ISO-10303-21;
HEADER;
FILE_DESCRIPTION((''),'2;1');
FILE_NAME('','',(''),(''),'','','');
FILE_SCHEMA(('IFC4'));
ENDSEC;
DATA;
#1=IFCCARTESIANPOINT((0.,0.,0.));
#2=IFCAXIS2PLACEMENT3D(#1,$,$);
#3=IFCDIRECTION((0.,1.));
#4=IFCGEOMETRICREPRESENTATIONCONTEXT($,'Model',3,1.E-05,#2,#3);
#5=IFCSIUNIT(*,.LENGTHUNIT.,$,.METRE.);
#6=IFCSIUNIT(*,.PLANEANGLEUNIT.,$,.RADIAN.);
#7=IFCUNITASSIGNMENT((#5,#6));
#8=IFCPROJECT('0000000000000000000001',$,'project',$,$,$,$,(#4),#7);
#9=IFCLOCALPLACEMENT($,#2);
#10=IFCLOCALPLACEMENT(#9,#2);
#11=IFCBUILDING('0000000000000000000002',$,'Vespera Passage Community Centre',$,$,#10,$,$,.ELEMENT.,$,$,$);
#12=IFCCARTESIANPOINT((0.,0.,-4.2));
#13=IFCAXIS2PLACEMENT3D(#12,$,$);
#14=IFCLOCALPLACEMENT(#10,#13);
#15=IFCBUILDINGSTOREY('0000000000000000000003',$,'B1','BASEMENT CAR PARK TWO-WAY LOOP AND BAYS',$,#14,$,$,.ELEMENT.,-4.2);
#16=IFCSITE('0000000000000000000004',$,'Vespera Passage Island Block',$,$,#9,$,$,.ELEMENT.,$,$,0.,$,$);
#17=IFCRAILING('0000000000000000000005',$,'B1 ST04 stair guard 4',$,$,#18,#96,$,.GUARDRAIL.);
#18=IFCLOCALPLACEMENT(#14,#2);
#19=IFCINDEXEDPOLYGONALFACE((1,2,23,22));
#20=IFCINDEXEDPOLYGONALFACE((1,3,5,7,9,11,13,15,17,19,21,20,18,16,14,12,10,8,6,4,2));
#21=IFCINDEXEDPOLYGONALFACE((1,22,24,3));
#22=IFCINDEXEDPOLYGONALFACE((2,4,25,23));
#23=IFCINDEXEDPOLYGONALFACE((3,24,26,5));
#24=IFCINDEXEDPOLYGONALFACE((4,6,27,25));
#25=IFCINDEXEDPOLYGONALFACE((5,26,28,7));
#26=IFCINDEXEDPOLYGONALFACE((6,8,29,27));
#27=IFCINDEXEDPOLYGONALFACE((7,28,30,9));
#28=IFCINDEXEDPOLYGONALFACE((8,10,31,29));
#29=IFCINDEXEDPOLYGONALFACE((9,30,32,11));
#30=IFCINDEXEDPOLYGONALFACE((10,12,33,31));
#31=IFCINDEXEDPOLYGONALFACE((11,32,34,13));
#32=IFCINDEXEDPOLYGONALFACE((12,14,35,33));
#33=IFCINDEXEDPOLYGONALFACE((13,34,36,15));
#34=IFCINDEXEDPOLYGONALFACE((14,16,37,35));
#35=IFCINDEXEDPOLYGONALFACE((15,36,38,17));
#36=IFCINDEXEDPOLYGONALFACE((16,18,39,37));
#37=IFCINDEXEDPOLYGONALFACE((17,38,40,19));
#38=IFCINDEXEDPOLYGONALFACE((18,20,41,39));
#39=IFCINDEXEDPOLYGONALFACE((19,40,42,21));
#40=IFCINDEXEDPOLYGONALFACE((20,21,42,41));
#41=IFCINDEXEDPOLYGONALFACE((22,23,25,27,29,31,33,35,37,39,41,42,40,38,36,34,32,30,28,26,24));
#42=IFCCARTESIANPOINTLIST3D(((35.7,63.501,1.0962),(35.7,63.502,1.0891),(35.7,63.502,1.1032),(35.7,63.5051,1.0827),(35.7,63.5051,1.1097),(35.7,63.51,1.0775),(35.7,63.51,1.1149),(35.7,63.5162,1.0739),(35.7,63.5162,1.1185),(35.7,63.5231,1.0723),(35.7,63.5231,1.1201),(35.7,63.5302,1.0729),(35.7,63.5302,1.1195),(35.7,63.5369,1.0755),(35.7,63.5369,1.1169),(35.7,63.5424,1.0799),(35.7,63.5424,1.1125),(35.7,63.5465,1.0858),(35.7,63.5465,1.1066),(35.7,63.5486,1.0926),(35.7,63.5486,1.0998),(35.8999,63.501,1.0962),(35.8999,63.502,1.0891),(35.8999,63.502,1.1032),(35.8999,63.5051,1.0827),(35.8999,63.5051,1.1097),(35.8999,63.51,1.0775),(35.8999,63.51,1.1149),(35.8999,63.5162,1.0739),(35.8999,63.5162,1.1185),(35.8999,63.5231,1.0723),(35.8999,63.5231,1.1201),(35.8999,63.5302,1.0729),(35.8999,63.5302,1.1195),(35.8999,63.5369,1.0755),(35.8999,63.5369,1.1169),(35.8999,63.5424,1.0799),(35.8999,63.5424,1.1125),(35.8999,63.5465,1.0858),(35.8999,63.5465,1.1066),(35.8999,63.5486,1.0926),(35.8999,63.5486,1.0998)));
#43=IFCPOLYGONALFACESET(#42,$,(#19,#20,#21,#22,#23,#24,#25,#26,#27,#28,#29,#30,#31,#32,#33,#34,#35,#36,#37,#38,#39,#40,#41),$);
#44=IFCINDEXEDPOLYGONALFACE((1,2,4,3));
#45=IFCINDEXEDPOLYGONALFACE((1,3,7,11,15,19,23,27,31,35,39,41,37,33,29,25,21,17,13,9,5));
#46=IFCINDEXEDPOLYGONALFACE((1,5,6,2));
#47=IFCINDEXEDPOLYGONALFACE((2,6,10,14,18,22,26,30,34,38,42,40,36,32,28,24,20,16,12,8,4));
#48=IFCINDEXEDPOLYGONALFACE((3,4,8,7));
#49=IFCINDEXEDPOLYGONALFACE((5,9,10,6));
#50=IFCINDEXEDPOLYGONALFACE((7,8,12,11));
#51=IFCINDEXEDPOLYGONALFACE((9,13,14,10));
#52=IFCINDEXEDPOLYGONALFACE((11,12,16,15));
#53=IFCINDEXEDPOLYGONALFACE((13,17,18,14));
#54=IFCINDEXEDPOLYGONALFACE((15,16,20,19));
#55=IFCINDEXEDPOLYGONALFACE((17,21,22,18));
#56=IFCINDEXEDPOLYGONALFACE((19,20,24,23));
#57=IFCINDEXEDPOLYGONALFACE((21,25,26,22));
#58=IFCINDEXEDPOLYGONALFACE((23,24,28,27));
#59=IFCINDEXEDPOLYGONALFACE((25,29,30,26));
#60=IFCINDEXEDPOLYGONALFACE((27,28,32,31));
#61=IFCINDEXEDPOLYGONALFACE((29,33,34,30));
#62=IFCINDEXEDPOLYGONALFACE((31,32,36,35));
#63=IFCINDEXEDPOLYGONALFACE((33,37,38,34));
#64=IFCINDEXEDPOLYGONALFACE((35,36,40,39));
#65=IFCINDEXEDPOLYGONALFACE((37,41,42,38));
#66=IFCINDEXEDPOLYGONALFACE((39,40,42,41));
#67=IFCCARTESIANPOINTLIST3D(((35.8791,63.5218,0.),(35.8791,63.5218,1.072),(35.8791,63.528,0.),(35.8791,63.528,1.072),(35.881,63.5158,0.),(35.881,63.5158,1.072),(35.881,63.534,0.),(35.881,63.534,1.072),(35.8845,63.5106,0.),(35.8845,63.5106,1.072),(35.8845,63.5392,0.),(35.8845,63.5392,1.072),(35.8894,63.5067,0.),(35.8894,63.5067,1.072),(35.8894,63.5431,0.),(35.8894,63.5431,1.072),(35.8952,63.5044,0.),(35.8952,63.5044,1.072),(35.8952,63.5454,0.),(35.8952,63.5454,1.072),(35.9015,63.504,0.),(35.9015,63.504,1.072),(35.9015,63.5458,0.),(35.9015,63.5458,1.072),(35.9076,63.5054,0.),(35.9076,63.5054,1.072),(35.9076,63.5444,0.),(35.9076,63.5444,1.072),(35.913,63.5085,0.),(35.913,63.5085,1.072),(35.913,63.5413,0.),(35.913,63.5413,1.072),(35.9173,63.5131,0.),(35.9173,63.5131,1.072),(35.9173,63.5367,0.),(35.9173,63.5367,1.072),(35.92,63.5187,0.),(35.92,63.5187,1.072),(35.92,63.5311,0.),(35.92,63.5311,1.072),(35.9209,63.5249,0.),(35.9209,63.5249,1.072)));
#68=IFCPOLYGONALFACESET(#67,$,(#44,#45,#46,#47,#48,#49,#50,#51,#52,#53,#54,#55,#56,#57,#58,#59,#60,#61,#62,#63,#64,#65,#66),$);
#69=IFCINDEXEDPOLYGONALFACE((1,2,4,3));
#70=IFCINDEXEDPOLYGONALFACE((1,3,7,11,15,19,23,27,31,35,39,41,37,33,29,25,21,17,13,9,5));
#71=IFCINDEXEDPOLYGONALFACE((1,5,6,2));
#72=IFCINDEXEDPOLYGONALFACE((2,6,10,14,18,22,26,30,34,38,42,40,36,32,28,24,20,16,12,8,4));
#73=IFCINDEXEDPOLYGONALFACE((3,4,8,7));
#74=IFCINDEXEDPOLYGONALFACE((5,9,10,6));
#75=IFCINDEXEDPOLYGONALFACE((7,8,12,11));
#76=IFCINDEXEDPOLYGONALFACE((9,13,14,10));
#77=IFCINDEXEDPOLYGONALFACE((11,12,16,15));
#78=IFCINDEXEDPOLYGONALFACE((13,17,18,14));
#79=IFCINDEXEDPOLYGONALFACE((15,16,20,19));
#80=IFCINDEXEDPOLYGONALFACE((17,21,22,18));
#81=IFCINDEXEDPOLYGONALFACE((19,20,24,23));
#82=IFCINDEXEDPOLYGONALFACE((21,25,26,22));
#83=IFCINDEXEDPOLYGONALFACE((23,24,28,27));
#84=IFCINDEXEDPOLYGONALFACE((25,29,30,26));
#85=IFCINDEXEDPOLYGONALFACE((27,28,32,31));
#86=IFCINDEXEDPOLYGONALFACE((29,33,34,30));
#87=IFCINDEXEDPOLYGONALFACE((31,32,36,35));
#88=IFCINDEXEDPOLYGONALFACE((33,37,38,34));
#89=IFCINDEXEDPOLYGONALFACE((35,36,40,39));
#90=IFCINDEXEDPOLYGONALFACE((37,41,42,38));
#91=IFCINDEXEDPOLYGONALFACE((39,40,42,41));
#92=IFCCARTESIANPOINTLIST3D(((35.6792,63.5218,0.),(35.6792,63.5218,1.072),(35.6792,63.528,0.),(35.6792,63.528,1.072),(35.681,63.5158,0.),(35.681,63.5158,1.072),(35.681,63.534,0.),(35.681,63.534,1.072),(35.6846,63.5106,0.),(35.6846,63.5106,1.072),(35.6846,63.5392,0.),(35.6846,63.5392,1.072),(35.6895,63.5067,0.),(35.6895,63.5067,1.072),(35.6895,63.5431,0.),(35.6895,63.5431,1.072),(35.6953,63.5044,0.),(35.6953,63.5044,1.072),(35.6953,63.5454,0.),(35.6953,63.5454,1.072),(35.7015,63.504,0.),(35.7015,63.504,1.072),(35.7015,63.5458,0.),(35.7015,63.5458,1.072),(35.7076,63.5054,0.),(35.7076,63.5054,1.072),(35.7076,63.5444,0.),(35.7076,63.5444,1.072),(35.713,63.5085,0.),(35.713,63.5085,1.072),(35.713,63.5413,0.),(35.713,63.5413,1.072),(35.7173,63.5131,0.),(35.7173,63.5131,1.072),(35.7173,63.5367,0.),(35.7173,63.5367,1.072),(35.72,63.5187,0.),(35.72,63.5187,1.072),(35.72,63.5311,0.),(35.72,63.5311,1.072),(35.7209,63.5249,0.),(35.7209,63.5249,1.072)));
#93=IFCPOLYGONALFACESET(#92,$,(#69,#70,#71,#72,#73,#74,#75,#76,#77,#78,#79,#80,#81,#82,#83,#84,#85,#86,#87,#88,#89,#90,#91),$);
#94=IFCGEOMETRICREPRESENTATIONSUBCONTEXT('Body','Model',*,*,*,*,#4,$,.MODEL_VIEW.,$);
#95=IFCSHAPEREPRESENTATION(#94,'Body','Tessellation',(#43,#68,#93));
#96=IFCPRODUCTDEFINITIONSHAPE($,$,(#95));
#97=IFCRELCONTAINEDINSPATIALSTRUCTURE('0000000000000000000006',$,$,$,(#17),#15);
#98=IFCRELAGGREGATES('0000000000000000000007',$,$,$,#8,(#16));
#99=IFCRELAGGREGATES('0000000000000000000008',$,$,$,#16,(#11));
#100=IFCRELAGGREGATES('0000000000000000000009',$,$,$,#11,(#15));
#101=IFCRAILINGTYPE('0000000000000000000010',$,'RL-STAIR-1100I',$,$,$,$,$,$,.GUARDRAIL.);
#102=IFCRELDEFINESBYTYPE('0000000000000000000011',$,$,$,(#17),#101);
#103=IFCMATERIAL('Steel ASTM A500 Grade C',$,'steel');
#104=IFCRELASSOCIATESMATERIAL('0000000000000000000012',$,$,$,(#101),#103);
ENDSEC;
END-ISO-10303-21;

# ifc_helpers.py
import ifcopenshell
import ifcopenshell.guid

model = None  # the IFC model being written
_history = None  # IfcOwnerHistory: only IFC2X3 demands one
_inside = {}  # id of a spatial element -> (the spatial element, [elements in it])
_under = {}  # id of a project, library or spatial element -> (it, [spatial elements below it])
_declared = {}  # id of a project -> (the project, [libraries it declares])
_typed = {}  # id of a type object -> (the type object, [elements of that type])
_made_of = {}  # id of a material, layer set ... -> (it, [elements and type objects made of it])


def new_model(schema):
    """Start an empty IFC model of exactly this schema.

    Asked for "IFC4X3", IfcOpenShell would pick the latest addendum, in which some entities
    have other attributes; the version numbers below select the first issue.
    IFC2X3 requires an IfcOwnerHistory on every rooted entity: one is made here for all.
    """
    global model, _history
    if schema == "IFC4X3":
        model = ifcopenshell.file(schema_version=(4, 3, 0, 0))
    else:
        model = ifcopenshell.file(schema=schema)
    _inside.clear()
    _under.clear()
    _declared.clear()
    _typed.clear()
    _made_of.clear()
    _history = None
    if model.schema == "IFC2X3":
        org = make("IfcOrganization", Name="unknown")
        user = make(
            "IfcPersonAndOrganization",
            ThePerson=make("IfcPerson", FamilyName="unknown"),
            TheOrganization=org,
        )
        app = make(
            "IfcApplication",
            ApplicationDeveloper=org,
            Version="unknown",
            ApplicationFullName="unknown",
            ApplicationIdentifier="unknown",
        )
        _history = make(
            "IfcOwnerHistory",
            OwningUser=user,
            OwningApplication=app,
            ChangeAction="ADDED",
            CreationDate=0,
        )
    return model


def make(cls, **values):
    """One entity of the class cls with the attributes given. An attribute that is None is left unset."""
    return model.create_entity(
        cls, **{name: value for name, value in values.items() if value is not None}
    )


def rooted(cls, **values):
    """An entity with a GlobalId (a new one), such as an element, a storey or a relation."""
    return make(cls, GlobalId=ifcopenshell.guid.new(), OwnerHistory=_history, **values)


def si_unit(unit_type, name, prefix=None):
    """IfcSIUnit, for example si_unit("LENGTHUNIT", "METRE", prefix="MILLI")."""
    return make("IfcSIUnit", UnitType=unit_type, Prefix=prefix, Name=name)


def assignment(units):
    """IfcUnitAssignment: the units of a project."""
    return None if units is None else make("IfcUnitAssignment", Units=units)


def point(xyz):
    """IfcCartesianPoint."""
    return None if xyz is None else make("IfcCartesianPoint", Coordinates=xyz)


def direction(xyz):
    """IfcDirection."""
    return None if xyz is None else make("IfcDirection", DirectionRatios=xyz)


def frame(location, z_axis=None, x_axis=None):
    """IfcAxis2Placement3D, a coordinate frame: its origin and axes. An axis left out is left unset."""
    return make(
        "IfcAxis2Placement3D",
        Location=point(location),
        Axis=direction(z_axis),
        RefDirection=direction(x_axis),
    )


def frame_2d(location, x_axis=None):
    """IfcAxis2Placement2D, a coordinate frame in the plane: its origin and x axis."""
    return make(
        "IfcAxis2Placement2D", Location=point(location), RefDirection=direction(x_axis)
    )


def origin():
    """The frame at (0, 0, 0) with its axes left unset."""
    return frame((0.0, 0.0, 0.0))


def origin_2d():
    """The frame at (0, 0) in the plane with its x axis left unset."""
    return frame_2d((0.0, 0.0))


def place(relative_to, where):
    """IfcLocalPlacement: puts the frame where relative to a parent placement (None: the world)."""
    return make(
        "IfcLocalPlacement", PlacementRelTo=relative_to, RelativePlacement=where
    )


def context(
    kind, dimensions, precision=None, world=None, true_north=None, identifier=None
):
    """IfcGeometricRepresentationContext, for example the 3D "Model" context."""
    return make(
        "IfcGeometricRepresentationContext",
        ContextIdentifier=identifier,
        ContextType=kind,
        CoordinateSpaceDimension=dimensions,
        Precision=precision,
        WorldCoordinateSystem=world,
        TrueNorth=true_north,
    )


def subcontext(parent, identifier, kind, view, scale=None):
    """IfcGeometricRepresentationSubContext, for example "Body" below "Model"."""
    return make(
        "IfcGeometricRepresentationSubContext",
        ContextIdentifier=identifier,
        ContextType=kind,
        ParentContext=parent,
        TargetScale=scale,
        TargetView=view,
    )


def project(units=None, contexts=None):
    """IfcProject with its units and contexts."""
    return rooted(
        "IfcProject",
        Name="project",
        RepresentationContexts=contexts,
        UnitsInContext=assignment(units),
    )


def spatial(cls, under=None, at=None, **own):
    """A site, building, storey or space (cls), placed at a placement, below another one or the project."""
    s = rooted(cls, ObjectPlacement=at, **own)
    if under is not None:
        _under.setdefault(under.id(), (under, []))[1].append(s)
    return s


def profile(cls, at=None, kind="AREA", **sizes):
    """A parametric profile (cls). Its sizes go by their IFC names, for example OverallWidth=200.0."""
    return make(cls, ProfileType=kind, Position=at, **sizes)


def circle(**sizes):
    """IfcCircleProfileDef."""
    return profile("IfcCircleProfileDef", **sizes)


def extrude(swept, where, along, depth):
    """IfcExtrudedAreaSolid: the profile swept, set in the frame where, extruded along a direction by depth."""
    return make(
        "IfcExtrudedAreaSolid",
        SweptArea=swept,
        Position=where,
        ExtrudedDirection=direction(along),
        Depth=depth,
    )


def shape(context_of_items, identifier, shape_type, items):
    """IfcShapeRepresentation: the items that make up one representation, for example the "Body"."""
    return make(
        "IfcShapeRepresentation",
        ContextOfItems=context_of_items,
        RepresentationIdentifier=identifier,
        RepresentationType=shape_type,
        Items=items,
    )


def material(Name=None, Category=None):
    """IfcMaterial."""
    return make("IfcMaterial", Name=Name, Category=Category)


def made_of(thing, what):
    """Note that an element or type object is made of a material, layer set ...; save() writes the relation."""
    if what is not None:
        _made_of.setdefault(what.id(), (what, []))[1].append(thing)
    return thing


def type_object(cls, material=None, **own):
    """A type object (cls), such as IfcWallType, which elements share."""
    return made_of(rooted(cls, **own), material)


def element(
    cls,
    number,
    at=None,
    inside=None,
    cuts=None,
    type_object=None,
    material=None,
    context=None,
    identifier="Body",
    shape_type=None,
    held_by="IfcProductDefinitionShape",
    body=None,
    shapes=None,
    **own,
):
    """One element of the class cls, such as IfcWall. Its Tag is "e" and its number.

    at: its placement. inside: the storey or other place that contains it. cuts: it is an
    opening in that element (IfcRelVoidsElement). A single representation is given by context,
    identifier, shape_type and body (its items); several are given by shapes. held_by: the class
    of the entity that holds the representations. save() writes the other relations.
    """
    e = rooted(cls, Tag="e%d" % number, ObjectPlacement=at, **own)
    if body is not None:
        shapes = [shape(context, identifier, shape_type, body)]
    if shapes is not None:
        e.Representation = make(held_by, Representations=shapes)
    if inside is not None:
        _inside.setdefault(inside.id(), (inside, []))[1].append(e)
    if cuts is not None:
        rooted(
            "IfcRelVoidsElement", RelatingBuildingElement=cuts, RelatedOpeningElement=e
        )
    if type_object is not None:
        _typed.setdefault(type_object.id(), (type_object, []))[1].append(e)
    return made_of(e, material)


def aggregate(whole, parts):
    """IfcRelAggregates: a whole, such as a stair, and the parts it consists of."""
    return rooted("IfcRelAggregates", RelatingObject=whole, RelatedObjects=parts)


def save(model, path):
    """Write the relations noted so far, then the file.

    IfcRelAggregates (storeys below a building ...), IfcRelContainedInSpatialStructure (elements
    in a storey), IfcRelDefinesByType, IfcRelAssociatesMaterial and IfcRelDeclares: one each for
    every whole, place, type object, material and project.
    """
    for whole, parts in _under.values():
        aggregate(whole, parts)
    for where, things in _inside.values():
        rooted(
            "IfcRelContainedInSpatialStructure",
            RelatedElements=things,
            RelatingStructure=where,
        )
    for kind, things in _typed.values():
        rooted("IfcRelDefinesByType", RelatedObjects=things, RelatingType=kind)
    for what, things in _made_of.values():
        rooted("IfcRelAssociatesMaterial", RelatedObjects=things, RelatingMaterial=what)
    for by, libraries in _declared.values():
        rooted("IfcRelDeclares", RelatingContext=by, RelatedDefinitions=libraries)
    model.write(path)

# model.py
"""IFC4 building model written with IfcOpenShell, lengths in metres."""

from ifc_helpers import new_model, si_unit, direction, frame, origin, origin_2d, place, context, subcontext, project, spatial, circle, extrude, material, type_object, element, save


model = new_model("IFC4")

# Units and contexts
model_context = context("Model", 3, precision=1e-05, world=origin(), true_north=direction((0.0, 1.0)))
body_context = subcontext(model_context, "Body", "Model", "MODEL_VIEW")
ifc_project = project(units=[si_unit("LENGTHUNIT", "METRE"), si_unit("PLANEANGLEUNIT", "RADIAN")], contexts=[model_context])

# Site, building, storey
site_placement = place(None, origin())
site = spatial("IfcSite", under=ifc_project, at=site_placement, Name="Vespera Passage Island Block", CompositionType="ELEMENT", RefElevation=0.0)
building_placement = place(site_placement, origin())
building = spatial("IfcBuilding", under=site, at=building_placement, Name="Vespera Passage Community Centre", CompositionType="ELEMENT")
storey_placement = place(building_placement, frame((0.0, 0.0, -4.2)))
storey = spatial("IfcBuildingStorey", under=building, at=storey_placement, Name="B1", Description="BASEMENT CAR PARK TWO-WAY LOOP AND BAYS", CompositionType="ELEMENT", Elevation=-4.2)

# Railing
ifc_material_1 = material(Name="Steel ASTM A500 Grade C", Category="steel")
railing_type_1 = type_object("IfcRailingType", Name="RL-STAIR-1100I", PredefinedType="GUARDRAIL", material=ifc_material_1)
railing_1_placement = place(storey_placement, frame((35.8999, 63.5249, 0.0)))
element("IfcRailing", 1, at=railing_1_placement, inside=storey, type_object=railing_type_1, Name="B1 ST04 stair guard 4", PredefinedType="GUARDRAIL", context=body_context, shape_type="SweptSolid", body=[
    extrude(circle(Radius=0.0239, at=origin_2d()), frame((0.0, 0.0, 1.0962), z_axis=(-1.0, 0.0, 0.0), x_axis=(0.0, -1.0, 0.0)), (0.0, 0.0, 1.0), 0.2),
    extrude(circle(Radius=0.021, at=origin_2d()), origin(), (0.0, 0.0, 1.0), 1.072),
    extrude(circle(Radius=0.021, at=origin_2d()), frame((-0.2, 0.0, 0.0)), (0.0, 0.0, 1.0), 1.072),
])

save(model, "model.ifc")
